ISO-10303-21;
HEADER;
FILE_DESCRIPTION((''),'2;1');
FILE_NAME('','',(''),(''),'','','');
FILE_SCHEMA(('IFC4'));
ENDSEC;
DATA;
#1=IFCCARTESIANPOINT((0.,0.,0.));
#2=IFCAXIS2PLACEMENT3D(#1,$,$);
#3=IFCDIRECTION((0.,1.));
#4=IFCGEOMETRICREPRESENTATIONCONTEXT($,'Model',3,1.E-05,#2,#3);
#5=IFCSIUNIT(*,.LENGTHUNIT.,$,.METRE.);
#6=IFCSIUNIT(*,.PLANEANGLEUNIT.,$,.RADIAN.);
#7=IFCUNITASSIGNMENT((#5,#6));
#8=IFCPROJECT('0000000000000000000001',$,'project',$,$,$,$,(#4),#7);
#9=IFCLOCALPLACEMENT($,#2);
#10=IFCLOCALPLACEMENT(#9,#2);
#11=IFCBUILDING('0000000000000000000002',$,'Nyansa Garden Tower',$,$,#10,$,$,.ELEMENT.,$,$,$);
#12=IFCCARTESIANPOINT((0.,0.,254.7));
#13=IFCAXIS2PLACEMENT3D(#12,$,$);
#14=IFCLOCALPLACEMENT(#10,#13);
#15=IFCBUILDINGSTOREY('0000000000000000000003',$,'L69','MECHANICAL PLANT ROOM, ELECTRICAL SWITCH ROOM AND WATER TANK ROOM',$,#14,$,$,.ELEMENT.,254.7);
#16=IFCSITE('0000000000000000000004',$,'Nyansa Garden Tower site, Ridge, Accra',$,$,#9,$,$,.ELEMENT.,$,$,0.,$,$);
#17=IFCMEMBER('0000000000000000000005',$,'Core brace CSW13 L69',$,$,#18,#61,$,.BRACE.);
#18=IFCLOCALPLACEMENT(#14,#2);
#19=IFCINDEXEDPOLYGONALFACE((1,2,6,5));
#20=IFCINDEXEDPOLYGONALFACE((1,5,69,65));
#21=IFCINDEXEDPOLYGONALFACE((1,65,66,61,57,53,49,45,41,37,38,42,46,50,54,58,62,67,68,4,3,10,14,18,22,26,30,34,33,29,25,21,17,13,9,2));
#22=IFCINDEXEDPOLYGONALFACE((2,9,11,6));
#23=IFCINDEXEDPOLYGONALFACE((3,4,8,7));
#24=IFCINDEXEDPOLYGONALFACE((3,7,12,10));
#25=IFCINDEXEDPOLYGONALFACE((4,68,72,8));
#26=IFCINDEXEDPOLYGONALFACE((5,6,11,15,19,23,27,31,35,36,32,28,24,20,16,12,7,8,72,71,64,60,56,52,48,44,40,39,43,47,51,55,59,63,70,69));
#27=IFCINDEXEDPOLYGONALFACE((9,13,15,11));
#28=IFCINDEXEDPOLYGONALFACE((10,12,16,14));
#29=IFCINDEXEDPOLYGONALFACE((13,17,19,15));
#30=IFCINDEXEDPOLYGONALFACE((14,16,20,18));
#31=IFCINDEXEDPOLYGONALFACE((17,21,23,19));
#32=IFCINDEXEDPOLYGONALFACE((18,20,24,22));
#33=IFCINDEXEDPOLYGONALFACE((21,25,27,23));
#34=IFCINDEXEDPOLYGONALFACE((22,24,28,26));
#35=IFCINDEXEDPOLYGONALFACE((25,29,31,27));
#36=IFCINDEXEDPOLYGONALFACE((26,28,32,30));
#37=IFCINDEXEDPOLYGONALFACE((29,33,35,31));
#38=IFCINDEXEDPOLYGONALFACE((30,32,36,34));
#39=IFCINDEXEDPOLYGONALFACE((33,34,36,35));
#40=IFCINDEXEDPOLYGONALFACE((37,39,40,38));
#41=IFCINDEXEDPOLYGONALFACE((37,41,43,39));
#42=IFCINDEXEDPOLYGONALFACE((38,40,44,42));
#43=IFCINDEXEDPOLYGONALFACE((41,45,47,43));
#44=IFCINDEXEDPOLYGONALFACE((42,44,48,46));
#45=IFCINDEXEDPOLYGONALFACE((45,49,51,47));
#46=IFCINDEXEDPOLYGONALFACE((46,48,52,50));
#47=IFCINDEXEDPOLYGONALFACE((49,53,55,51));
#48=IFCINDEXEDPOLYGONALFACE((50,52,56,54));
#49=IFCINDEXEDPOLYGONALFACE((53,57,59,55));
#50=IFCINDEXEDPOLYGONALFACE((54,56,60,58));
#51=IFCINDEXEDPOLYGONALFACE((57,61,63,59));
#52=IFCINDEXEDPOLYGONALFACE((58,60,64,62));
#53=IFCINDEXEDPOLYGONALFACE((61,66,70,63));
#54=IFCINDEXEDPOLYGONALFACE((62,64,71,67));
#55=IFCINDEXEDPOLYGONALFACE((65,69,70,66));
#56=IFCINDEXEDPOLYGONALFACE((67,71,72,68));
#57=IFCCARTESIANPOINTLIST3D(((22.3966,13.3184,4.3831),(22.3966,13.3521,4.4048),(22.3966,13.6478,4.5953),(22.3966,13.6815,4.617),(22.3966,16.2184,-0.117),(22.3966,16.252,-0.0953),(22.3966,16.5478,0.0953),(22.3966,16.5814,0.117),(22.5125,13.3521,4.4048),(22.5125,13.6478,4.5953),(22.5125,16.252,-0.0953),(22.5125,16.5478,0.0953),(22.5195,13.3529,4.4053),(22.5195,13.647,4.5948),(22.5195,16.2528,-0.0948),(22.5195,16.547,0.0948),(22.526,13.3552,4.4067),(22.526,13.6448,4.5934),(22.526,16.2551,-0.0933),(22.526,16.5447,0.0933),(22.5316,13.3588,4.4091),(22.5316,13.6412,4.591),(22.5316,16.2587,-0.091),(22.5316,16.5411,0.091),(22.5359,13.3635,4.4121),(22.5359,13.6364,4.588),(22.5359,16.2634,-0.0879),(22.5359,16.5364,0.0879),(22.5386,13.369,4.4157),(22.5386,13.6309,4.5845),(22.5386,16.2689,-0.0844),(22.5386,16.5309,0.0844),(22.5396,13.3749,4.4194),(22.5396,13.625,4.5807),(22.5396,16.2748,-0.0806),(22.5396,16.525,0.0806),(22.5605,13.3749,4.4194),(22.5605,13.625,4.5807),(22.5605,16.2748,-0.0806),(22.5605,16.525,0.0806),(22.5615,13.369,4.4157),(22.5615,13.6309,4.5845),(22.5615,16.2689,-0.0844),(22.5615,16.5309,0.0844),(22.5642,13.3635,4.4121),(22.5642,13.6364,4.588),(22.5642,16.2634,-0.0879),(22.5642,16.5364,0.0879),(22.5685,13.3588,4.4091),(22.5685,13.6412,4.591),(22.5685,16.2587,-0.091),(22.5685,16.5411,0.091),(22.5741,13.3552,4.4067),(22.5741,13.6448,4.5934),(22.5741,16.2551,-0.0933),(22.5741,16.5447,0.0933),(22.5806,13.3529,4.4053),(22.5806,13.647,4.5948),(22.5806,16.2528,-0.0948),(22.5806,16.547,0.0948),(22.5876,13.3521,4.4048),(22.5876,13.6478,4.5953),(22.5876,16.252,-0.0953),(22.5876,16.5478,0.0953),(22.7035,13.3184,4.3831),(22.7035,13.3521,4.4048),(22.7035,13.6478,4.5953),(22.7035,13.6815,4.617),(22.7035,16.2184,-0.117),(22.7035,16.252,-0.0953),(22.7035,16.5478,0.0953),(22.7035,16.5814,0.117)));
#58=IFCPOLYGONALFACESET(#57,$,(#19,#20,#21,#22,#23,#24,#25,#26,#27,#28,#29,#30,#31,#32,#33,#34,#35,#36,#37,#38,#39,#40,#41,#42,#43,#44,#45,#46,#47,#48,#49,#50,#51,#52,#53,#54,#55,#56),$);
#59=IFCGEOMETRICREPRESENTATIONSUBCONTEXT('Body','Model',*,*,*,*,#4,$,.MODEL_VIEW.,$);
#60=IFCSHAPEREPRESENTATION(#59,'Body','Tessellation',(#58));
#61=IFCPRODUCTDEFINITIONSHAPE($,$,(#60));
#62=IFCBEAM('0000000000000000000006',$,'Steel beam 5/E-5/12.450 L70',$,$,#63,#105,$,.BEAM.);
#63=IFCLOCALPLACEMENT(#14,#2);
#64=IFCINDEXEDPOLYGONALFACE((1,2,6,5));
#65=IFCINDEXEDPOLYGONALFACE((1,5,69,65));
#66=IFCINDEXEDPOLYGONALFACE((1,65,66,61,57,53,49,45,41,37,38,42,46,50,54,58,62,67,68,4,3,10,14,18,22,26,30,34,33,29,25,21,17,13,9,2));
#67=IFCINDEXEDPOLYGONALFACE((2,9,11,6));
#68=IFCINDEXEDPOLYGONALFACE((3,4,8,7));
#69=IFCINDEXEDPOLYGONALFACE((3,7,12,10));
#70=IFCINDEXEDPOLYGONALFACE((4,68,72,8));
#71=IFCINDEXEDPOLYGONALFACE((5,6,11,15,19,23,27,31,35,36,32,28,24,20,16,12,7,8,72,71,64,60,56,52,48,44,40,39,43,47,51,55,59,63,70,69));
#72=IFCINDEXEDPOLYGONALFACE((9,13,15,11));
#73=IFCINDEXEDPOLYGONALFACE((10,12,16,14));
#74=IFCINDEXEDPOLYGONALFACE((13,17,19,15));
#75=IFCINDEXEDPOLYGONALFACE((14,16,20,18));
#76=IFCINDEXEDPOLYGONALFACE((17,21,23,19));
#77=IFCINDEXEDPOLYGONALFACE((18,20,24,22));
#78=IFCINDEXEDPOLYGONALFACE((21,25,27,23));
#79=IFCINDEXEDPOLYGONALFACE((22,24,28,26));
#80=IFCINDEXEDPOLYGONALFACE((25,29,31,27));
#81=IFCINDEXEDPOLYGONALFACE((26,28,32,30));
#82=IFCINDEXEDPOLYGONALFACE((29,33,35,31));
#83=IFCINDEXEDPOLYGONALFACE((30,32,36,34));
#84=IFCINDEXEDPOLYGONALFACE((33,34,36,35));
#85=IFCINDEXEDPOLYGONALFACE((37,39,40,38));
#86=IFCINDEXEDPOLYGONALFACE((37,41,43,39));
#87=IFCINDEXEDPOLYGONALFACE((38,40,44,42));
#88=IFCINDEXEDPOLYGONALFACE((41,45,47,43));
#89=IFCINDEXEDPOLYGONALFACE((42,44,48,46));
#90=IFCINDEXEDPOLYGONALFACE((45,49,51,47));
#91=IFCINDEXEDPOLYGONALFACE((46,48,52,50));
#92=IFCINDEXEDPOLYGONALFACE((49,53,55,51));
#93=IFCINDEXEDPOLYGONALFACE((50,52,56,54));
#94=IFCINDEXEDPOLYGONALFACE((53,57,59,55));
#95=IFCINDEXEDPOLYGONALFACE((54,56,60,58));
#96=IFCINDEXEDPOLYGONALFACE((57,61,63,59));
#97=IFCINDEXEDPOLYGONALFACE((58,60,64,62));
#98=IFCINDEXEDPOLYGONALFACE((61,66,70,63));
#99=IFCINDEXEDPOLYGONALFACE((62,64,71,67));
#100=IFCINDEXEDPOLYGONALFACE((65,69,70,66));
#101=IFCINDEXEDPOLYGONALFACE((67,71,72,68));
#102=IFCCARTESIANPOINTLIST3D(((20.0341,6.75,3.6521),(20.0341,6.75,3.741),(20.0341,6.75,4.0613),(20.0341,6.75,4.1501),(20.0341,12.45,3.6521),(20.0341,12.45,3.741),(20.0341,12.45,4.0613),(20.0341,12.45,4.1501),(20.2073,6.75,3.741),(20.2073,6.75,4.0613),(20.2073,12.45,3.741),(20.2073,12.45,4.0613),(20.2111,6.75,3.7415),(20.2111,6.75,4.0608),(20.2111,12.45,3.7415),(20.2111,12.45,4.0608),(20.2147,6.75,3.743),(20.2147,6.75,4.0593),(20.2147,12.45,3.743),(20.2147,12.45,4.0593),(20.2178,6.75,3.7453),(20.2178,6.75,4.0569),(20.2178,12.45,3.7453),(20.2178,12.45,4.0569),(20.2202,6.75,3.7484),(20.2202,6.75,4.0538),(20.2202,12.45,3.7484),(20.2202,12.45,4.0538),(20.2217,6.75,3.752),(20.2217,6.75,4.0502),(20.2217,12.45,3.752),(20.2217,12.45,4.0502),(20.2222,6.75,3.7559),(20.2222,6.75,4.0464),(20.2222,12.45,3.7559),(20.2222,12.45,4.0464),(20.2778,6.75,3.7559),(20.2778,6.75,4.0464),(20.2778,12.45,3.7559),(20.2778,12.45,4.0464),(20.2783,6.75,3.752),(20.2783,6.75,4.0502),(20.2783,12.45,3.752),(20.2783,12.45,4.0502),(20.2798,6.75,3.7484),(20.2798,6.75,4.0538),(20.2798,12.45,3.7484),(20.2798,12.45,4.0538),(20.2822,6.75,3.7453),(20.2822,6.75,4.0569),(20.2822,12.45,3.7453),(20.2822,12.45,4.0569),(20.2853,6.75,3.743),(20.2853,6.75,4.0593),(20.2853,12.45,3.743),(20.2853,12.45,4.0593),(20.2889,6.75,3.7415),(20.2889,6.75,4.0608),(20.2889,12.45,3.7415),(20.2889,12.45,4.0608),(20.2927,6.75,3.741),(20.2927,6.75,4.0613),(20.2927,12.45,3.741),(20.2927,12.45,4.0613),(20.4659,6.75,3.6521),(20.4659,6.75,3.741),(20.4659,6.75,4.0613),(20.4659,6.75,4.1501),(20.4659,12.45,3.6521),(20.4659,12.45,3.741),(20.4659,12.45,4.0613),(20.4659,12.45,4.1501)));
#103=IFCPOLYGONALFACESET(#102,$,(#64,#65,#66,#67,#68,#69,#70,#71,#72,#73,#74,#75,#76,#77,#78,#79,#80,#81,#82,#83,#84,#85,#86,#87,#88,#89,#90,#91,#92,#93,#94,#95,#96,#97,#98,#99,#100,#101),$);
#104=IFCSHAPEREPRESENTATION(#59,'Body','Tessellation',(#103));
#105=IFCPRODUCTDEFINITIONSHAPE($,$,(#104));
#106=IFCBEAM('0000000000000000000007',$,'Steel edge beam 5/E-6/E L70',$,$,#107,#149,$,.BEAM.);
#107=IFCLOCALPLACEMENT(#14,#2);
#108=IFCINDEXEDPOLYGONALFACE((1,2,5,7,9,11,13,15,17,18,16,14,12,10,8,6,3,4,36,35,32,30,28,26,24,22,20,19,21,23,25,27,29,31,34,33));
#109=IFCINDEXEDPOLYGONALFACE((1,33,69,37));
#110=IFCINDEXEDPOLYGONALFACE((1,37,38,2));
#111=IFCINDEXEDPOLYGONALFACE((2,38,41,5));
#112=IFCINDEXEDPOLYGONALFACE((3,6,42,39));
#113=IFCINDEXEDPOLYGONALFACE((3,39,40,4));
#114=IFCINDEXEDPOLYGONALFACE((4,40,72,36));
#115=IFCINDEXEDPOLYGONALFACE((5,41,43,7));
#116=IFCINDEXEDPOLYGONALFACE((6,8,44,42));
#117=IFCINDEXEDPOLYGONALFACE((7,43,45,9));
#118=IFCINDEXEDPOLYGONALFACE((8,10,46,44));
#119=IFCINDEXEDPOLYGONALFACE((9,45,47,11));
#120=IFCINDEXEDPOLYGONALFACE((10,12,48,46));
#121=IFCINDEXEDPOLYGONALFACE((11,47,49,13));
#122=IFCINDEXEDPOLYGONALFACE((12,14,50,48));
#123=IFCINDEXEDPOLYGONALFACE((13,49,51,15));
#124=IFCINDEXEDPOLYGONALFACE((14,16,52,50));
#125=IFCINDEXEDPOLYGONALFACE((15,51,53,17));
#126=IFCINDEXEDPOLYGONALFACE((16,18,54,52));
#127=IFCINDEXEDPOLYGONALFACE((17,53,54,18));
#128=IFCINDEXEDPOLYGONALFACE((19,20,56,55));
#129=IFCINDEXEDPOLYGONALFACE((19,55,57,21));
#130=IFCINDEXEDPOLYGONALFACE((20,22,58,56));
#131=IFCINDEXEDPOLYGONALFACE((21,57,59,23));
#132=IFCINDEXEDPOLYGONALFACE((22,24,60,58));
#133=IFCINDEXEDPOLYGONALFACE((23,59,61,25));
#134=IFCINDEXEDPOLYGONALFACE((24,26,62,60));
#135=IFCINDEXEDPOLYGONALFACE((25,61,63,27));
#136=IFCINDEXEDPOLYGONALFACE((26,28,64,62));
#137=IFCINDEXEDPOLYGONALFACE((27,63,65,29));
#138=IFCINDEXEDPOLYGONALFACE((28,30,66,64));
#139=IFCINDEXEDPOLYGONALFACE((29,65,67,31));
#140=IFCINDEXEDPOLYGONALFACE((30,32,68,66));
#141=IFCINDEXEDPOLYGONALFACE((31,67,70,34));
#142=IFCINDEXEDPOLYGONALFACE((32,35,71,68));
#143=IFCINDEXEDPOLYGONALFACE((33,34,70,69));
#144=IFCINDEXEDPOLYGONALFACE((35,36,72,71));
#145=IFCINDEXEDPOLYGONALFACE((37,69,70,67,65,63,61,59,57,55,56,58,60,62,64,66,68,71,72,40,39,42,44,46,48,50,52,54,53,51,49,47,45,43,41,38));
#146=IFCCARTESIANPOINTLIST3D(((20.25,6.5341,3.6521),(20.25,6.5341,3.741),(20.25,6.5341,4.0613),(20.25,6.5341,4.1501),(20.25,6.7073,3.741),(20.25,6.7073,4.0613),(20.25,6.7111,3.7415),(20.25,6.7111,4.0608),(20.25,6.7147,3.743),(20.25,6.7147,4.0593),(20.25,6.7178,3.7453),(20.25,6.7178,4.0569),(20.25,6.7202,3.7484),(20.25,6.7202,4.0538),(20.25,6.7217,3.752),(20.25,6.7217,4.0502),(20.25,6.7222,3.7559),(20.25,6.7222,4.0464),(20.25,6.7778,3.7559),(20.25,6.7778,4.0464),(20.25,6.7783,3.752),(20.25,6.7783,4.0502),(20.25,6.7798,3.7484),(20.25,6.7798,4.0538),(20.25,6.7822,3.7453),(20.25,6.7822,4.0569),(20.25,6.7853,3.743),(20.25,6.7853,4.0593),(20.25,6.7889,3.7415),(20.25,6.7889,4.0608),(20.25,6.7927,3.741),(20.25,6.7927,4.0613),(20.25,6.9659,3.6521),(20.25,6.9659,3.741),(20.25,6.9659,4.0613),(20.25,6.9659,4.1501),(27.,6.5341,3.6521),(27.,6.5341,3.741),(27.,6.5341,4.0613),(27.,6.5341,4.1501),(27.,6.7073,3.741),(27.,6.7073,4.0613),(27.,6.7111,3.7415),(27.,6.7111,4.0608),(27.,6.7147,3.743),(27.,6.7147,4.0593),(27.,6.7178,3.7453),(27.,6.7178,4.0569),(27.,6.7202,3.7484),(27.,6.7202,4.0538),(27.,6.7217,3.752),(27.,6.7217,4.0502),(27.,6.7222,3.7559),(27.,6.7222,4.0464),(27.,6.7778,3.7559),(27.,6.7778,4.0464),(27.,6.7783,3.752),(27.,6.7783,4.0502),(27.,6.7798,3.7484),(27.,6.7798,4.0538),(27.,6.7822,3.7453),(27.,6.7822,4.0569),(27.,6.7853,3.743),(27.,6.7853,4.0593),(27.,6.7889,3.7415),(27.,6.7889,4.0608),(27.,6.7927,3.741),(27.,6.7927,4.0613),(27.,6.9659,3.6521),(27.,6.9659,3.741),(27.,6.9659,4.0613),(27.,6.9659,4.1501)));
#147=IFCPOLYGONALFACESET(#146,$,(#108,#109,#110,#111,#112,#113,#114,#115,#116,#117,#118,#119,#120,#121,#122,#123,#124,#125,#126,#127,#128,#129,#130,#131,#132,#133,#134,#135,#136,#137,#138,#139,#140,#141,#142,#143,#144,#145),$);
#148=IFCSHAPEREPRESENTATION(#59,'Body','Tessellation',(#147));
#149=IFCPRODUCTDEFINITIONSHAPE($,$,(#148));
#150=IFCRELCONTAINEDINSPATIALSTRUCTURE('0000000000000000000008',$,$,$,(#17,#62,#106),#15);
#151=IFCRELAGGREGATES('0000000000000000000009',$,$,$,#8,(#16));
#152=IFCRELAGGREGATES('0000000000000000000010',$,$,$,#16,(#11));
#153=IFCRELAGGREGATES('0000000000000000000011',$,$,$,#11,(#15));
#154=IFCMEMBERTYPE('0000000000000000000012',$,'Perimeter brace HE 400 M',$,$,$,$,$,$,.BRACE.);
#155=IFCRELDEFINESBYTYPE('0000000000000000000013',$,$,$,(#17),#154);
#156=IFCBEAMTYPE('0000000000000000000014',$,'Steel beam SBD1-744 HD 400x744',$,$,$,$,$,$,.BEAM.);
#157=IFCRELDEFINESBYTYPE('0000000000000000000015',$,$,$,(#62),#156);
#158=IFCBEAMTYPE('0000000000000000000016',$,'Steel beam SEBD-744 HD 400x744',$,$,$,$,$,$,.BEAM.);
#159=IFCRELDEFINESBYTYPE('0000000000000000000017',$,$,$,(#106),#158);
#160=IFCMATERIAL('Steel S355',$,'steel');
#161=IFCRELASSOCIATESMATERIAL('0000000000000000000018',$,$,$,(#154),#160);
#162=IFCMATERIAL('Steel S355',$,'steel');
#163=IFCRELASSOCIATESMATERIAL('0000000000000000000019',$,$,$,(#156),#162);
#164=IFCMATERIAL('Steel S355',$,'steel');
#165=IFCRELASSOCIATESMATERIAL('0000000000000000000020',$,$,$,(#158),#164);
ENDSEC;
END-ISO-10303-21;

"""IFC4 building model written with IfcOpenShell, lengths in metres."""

from ifc_helpers import new_model, si_unit, direction, frame, origin, origin_2d, place, context, subcontext, project, spatial, i_section, extrude, material, material_profile, profile_set, type_object, element, save


model = new_model("IFC4")

# Units and contexts
model_context = context("Model", 3, precision=1e-05, world=origin(), true_north=direction((0.0, 1.0)))
body_context = subcontext(model_context, "Body", "Model", "MODEL_VIEW")
ifc_project = project(units=[si_unit("LENGTHUNIT", "METRE"), si_unit("PLANEANGLEUNIT", "RADIAN")], contexts=[model_context])

# Site, building, storey
site_placement = place(None, origin())
site = spatial("IfcSite", under=ifc_project, at=site_placement, Name="Nyansa Garden Tower site, Ridge, Accra", CompositionType="ELEMENT", RefElevation=0.0)
building_placement = place(site_placement, origin())
building = spatial("IfcBuilding", under=site, at=building_placement, Name="Nyansa Garden Tower", CompositionType="ELEMENT")
storey_placement = place(building_placement, frame((0.0, 0.0, 254.7)))
storey = spatial("IfcBuildingStorey", under=building, at=storey_placement, Name="L69", Description="MECHANICAL PLANT ROOM, ELECTRICAL SWITCH ROOM AND WATER TANK ROOM", CompositionType="ELEMENT", Elevation=254.7)

# Member
ifc_material_1 = material(Name="Steel S355", Category="steel")
ifc_material_profile_1 = material_profile(ifc_material_1, i_section(OverallWidth=0.3069, OverallDepth=0.4319, WebThickness=0.021, FlangeThickness=0.04, FilletRadius=0.0271, at=origin_2d()), Name="HE 400 M")
ifc_profile_set_1 = profile_set([ifc_material_profile_1], Name="Steel S355")
member_type = type_object("IfcMemberType", Name="Perimeter brace HE 400 M", PredefinedType="BRACE", material=ifc_profile_set_1)
for number, where, z_axis, x_axis, name in (
    (1, (22.55, 16.3999, 0.0), (0.0, -0.541688, 0.840579), (1.0, 0.0, 0.0), "Core brace CSW13 L69"),
):
    element("IfcMember", number, at=place(storey_placement, frame(where, z_axis=z_axis, x_axis=x_axis)), inside=storey, type_object=member_type, Name=name, PredefinedType="BRACE", context=body_context, shape_type="SweptSolid", body=[
        extrude(i_section(OverallWidth=0.3069, OverallDepth=0.4319, WebThickness=0.021, FlangeThickness=0.04, FilletRadius=0.0271, at=origin_2d()), origin(), (0.0, 0.0, 1.0), 5.3535),
    ])

# Beams
ifc_material_2 = material(Name="Steel S355", Category="steel")
ifc_material_profile_2 = material_profile(ifc_material_2, i_section(OverallWidth=0.4319, OverallDepth=0.498, WebThickness=0.0557, FlangeThickness=0.0889, FilletRadius=0.0149, at=origin_2d()), Name="HD 400x744")
ifc_profile_set_2 = profile_set([ifc_material_profile_2], Name="Steel S355")
beam_type_1 = type_object("IfcBeamType", Name="Steel beam SBD1-744 HD 400x744", PredefinedType="BEAM", material=ifc_profile_set_2)
beam_1_placement = place(storey_placement, frame((20.25, 6.75, 3.9011), z_axis=(0.0, 1.0, 0.0), x_axis=(-1.0, 0.0, 0.0)))
element("IfcBeam", 2, at=beam_1_placement, inside=storey, type_object=beam_type_1, Name="Steel beam 5/E-5/12.450 L70", PredefinedType="BEAM", context=body_context, shape_type="SweptSolid", body=[
    extrude(i_section(OverallWidth=0.4319, OverallDepth=0.498, WebThickness=0.0557, FlangeThickness=0.0889, FilletRadius=0.0149, at=origin_2d()), origin(), (0.0, 0.0, 1.0), 5.7),
])
ifc_material_3 = material(Name="Steel S355", Category="steel")
ifc_material_profile_3 = material_profile(ifc_material_3, i_section(OverallWidth=0.4319, OverallDepth=0.498, WebThickness=0.0557, FlangeThickness=0.0889, FilletRadius=0.0149, at=origin_2d()), Name="HD 400x744")
ifc_profile_set_3 = profile_set([ifc_material_profile_3], Name="Steel S355")
beam_type_2 = type_object("IfcBeamType", Name="Steel beam SEBD-744 HD 400x744", PredefinedType="BEAM", material=ifc_profile_set_3)
beam_2_placement = place(storey_placement, frame((20.25, 6.75, 3.9011), z_axis=(1.0, 0.0, 0.0), x_axis=(0.0, 1.0, 0.0)))
element("IfcBeam", 3, at=beam_2_placement, inside=storey, type_object=beam_type_2, Name="Steel edge beam 5/E-6/E L70", PredefinedType="BEAM", context=body_context, shape_type="SweptSolid", body=[
    extrude(i_section(OverallWidth=0.4319, OverallDepth=0.498, WebThickness=0.0557, FlangeThickness=0.0889, FilletRadius=0.0149, at=origin_2d()), origin(), (0.0, 0.0, 1.0), 6.75),
])

save(model, "model.ifc")
